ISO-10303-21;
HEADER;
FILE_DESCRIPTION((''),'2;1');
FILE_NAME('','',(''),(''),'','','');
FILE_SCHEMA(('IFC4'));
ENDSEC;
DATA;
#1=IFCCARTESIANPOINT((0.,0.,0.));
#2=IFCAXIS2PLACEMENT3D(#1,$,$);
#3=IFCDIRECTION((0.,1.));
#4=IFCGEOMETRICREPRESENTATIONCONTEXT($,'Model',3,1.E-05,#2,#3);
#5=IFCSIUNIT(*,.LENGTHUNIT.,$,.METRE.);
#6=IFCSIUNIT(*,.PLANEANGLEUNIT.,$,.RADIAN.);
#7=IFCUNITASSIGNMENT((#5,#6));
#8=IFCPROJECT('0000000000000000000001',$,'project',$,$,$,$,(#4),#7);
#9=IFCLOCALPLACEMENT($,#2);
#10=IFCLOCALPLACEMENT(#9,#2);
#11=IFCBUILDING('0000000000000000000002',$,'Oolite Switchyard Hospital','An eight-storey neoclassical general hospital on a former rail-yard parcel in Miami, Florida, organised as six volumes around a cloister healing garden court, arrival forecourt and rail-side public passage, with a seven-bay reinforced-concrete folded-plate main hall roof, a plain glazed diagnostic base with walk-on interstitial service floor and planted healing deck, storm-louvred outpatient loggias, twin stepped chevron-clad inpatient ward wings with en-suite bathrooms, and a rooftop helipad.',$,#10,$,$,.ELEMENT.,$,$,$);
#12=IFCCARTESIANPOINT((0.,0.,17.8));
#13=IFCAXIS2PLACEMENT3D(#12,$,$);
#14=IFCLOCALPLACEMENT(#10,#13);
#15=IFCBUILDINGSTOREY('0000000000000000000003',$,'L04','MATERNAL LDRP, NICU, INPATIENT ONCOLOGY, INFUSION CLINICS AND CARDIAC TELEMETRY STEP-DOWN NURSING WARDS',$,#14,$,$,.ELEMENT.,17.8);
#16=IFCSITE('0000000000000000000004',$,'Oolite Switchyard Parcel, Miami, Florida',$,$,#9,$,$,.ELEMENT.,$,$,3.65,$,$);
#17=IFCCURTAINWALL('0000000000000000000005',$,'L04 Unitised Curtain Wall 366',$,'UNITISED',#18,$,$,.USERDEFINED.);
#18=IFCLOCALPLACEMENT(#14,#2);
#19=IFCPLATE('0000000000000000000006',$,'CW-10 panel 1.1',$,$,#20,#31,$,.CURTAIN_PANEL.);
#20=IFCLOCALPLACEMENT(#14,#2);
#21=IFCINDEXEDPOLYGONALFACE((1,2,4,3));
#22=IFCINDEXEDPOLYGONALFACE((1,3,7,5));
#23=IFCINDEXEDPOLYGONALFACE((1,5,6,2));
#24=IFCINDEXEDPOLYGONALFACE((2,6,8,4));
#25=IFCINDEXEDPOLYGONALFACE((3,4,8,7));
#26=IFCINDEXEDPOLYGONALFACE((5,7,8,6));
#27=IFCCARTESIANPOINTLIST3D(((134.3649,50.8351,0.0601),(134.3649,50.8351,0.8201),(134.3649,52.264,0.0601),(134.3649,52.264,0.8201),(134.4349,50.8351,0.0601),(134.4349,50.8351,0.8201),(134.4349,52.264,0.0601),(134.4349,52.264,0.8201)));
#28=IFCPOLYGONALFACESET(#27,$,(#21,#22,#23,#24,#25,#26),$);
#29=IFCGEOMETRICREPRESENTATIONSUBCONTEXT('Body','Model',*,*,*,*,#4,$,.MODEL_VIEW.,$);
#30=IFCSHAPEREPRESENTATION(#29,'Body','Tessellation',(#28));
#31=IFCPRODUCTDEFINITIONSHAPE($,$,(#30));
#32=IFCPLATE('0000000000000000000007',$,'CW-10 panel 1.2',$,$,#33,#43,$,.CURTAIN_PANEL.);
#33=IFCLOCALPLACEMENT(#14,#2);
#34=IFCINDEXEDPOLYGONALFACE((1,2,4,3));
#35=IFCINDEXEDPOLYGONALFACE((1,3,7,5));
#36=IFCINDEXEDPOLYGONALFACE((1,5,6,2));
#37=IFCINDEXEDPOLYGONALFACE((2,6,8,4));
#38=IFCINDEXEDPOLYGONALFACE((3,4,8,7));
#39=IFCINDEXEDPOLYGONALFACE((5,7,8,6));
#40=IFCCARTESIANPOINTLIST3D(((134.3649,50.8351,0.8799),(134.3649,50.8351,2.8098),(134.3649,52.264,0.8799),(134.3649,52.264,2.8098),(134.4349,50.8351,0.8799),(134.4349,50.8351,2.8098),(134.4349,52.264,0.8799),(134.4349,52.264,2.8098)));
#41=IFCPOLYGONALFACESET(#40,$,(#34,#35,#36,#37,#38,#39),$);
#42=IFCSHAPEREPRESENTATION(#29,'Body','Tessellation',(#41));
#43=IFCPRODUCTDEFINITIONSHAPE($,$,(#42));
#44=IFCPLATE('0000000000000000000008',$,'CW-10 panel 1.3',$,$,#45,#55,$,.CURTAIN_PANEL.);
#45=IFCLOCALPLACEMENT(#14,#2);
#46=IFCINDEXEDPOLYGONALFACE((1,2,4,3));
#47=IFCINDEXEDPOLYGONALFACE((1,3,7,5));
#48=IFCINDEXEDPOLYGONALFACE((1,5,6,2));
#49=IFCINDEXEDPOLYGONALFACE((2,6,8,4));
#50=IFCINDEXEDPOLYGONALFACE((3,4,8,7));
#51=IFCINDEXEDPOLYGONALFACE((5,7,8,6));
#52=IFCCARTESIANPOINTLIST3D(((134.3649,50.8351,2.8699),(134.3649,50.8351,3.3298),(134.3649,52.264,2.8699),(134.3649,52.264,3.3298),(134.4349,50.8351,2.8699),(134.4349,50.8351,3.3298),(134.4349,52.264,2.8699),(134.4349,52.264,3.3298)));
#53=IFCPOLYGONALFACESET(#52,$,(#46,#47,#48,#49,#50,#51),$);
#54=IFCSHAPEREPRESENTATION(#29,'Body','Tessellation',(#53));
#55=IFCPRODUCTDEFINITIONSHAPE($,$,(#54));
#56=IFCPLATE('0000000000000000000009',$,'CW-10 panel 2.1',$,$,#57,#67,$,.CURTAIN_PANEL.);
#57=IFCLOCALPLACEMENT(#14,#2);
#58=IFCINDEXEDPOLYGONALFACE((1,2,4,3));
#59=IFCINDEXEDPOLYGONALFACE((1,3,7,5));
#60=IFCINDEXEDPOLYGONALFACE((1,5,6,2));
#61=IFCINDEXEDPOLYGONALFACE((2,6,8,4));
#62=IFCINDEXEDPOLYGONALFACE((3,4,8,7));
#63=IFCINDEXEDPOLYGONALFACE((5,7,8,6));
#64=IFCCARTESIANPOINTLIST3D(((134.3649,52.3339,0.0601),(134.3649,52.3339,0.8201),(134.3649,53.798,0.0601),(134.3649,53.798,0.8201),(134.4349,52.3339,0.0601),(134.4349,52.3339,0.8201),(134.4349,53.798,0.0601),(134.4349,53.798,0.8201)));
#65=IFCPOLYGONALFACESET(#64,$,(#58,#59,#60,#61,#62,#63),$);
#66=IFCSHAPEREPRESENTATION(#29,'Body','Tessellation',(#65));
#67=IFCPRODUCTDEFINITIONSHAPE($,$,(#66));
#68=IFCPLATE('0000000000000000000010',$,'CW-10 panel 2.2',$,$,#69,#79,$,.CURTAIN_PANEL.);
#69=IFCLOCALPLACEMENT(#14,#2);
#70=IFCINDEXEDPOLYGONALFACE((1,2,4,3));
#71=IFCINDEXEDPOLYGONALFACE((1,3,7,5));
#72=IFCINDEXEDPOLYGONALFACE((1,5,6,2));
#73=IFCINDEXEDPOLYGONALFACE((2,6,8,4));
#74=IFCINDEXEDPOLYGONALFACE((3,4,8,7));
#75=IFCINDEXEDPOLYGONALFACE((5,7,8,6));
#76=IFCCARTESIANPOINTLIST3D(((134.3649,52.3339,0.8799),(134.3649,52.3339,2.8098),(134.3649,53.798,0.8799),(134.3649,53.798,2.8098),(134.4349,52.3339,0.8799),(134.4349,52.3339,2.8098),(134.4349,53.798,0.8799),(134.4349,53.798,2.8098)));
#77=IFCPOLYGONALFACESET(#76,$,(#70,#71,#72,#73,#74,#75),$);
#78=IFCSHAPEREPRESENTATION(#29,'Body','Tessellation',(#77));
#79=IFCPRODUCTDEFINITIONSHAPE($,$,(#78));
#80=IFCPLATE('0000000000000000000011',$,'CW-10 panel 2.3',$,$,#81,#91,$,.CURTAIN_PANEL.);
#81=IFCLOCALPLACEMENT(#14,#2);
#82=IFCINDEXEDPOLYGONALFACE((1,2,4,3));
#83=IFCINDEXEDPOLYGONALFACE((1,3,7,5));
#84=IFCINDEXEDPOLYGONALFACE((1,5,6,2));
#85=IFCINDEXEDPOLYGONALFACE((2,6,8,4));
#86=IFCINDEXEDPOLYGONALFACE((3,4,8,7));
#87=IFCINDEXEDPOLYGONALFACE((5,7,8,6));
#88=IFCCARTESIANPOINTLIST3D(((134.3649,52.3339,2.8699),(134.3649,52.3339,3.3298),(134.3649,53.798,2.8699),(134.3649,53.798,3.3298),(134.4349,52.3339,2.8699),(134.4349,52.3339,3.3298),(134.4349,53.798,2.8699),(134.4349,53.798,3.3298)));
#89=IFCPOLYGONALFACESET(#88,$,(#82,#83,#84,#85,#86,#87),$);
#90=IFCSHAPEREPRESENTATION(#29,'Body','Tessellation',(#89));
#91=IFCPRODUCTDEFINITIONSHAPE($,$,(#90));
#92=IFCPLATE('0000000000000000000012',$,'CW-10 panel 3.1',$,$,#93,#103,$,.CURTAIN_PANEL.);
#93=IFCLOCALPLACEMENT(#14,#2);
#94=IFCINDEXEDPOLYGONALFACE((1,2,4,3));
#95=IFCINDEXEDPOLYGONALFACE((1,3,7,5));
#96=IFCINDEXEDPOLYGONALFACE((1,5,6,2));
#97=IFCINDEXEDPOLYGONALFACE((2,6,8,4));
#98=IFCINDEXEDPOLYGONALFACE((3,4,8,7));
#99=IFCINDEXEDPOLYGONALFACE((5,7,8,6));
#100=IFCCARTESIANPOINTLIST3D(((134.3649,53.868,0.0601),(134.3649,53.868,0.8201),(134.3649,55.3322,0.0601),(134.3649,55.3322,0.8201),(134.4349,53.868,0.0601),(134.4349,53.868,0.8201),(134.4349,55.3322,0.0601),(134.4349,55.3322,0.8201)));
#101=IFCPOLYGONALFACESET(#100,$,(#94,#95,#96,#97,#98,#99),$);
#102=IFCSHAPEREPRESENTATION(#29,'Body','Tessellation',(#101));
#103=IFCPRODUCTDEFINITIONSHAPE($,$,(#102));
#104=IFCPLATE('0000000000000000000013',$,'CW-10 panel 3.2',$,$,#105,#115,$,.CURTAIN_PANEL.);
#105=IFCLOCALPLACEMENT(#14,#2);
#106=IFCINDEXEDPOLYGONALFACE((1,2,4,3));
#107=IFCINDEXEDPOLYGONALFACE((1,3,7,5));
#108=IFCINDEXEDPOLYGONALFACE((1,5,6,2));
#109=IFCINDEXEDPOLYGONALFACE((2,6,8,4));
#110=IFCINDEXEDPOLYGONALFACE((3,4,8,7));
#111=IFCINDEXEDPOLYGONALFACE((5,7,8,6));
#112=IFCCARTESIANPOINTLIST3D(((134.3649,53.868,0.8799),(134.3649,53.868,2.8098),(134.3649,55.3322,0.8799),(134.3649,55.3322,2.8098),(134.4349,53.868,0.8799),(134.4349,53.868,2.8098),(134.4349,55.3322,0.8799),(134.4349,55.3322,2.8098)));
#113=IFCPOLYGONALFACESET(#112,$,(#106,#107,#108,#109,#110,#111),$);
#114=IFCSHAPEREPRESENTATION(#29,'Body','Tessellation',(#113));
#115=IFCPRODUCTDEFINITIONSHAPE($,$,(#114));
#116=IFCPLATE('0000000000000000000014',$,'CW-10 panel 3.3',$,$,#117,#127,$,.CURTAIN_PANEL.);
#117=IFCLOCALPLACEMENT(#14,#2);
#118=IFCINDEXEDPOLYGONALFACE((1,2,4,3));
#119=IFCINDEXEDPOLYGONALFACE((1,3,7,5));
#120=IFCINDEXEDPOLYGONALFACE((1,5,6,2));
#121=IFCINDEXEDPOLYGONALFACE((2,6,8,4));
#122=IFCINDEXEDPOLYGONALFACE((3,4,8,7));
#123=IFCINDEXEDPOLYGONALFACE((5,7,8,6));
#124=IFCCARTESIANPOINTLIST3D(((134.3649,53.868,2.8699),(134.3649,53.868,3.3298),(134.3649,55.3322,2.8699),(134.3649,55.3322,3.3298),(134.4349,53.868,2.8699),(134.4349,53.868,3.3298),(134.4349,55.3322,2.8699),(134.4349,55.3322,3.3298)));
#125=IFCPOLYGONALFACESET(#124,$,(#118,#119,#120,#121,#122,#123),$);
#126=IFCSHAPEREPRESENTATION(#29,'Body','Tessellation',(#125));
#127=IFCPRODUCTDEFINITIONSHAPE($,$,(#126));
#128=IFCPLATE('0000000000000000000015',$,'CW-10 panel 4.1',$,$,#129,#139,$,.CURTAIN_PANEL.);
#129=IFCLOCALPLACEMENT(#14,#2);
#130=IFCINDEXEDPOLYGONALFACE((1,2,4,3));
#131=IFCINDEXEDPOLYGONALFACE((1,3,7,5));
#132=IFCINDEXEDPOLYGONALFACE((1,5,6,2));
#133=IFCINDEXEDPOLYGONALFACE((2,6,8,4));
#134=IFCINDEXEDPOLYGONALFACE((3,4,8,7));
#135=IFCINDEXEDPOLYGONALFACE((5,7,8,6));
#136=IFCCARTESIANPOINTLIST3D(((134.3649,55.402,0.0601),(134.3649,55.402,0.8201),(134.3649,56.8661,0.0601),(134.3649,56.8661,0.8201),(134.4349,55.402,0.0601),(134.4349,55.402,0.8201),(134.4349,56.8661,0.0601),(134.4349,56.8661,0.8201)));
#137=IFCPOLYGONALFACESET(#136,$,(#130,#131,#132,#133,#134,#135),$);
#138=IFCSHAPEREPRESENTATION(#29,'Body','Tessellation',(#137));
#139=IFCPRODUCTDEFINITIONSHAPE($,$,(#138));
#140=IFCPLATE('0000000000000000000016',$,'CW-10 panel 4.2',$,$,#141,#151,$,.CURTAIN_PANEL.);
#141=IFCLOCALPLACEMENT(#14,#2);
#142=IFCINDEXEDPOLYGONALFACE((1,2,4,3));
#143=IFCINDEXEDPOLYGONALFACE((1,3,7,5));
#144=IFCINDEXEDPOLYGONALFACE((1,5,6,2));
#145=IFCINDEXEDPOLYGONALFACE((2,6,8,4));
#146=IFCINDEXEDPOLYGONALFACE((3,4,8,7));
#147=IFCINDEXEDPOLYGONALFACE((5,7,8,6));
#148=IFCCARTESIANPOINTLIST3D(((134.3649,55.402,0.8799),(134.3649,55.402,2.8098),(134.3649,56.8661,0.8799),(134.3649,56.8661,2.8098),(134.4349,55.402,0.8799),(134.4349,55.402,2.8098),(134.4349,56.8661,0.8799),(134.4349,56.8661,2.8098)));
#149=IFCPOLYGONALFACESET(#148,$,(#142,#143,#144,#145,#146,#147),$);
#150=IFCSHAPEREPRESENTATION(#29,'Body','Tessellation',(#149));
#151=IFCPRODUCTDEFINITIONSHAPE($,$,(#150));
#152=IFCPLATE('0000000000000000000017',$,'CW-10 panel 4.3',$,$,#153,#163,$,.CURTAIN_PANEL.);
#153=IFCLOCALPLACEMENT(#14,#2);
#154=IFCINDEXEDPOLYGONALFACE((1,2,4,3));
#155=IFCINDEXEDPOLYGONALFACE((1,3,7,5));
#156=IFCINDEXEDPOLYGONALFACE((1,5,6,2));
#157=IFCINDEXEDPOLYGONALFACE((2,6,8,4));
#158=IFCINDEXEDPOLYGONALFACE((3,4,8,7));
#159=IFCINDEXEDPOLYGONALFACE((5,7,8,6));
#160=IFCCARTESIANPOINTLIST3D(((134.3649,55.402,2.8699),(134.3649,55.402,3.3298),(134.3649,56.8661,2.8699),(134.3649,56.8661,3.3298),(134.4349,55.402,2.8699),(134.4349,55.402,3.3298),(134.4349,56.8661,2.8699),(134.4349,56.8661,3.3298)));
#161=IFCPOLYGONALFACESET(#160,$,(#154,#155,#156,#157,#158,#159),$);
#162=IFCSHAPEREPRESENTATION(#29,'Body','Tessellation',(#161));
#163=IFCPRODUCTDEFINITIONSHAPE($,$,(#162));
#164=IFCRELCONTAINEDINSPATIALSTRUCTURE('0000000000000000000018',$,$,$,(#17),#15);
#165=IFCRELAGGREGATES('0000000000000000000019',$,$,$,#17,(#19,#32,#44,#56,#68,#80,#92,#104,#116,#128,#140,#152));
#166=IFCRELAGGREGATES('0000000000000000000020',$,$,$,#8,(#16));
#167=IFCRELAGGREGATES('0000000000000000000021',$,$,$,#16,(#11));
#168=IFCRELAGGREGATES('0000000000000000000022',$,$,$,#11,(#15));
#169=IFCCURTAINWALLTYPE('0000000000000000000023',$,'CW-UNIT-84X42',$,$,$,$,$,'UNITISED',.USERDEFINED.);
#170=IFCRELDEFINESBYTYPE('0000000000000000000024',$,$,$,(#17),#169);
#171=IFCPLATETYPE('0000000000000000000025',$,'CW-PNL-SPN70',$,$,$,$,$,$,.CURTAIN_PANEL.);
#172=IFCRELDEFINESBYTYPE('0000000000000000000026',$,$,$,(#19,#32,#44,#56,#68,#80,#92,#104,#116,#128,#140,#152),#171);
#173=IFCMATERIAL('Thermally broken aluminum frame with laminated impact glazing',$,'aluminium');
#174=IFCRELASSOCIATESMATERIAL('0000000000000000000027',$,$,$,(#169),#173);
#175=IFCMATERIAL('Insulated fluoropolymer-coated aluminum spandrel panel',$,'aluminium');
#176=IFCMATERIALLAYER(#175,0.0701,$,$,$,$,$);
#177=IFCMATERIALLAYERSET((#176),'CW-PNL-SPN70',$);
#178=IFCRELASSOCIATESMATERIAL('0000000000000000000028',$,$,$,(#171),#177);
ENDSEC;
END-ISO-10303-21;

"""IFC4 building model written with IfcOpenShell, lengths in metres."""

from ifc_helpers import new_model, si_unit, direction, frame, origin, origin_2d, place, context, subcontext, project, spatial, rectangle, extrude, material, layer, layer_set, type_object, element, aggregate, save


model = new_model("IFC4")

# Units and contexts
model_context = context("Model", 3, precision=1e-05, world=origin(), true_north=direction((0.0, 1.0)))
body_context = subcontext(model_context, "Body", "Model", "MODEL_VIEW")
ifc_project = project(units=[si_unit("LENGTHUNIT", "METRE"), si_unit("PLANEANGLEUNIT", "RADIAN")], contexts=[model_context])

# Site, building, storey
site_placement = place(None, origin())
site = spatial("IfcSite", under=ifc_project, at=site_placement, Name="Oolite Switchyard Parcel, Miami, Florida", CompositionType="ELEMENT", RefElevation=3.65)
building_placement = place(site_placement, origin())
building = spatial("IfcBuilding", under=site, at=building_placement, Name="Oolite Switchyard Hospital", Description="An eight-storey neoclassical general hospital on a former rail-yard parcel in Miami, Florida, organised as six volumes around a cloister healing garden court, arrival forecourt and rail-side public passage, with a seven-bay reinforced-concrete folded-plate main hall roof, a plain glazed diagnostic base with walk-on interstitial service floor and planted healing deck, storm-louvred outpatient loggias, twin stepped chevron-clad inpatient ward wings with en-suite bathrooms, and a rooftop helipad.", CompositionType="ELEMENT")
storey_placement = place(building_placement, frame((0.0, 0.0, 17.8)))
storey = spatial("IfcBuildingStorey", under=building, at=storey_placement, Name="L04", Description="MATERNAL LDRP, NICU, INPATIENT ONCOLOGY, INFUSION CLINICS AND CARDIAC TELEMETRY STEP-DOWN NURSING WARDS", CompositionType="ELEMENT", Elevation=17.8)

# Curtain wall, plates
ifc_material_1 = material(Name="Thermally broken aluminum frame with laminated impact glazing", Category="aluminium")
curtain_wall_type = type_object("IfcCurtainWallType", Name="CW-UNIT-84X42", ElementType="UNITISED", PredefinedType="USERDEFINED", material=ifc_material_1)
curtain_wall_placement = place(storey_placement, origin())
curtain_wall = element("IfcCurtainWall", 1, at=curtain_wall_placement, inside=storey, type_object=curtain_wall_type, Name="L04 Unitised Curtain Wall 366", ObjectType="UNITISED", PredefinedType="USERDEFINED")
ifc_material_2 = material(Name="Insulated fluoropolymer-coated aluminum spandrel panel", Category="aluminium")
ifc_layer = layer(ifc_material_2, 0.0701)
ifc_layer_set = layer_set([ifc_layer], Name="CW-PNL-SPN70")
plate_type = type_object("IfcPlateType", Name="CW-PNL-SPN70", PredefinedType="CURTAIN_PANEL", material=ifc_layer_set)
plate_1_placement = place(storey_placement, frame((134.3999, 51.5496, 0.0601), z_axis=(0.0, 0.0, 1.0), x_axis=(0.0, 1.0, 0.0)))
plate_1 = element("IfcPlate", 2, at=plate_1_placement, type_object=plate_type, Name="CW-10 panel 1.1", PredefinedType="CURTAIN_PANEL", context=body_context, shape_type="SweptSolid", body=[
    extrude(rectangle(XDim=1.429, YDim=0.0701, at=origin_2d()), origin(), (0.0, 0.0, 1.0), 0.76),
])
plate_2_placement = place(storey_placement, frame((134.3999, 51.5496, 0.8799), z_axis=(0.0, 0.0, 1.0), x_axis=(0.0, 1.0, 0.0)))
plate_2 = element("IfcPlate", 3, at=plate_2_placement, type_object=plate_type, Name="CW-10 panel 1.2", PredefinedType="CURTAIN_PANEL", context=body_context, shape_type="SweptSolid", body=[
    extrude(rectangle(XDim=1.429, YDim=0.0701, at=origin_2d()), origin(), (0.0, 0.0, 1.0), 1.9299),
])
plate_3_placement = place(storey_placement, frame((134.3999, 51.5496, 2.8699), z_axis=(0.0, 0.0, 1.0), x_axis=(0.0, 1.0, 0.0)))
plate_3 = element("IfcPlate", 4, at=plate_3_placement, type_object=plate_type, Name="CW-10 panel 1.3", PredefinedType="CURTAIN_PANEL", context=body_context, shape_type="SweptSolid", body=[
    extrude(rectangle(XDim=1.429, YDim=0.0701, at=origin_2d()), origin(), (0.0, 0.0, 1.0), 0.46),
])
plate_4_placement = place(storey_placement, frame((134.3999, 53.0659, 0.0601), z_axis=(0.0, 0.0, 1.0), x_axis=(0.0, 1.0, 0.0)))
plate_4 = element("IfcPlate", 5, at=plate_4_placement, type_object=plate_type, Name="CW-10 panel 2.1", PredefinedType="CURTAIN_PANEL", context=body_context, shape_type="SweptSolid", body=[
    extrude(rectangle(XDim=1.4641, YDim=0.0701, at=origin_2d()), origin(), (0.0, 0.0, 1.0), 0.76),
])
plate_5_placement = place(storey_placement, frame((134.3999, 53.0659, 0.8799), z_axis=(0.0, 0.0, 1.0), x_axis=(0.0, 1.0, 0.0)))
plate_5 = element("IfcPlate", 6, at=plate_5_placement, type_object=plate_type, Name="CW-10 panel 2.2", PredefinedType="CURTAIN_PANEL", context=body_context, shape_type="SweptSolid", body=[
    extrude(rectangle(XDim=1.4641, YDim=0.0701, at=origin_2d()), origin(), (0.0, 0.0, 1.0), 1.9299),
])
plate_6_placement = place(storey_placement, frame((134.3999, 53.0659, 2.8699), z_axis=(0.0, 0.0, 1.0), x_axis=(0.0, 1.0, 0.0)))
plate_6 = element("IfcPlate", 7, at=plate_6_placement, type_object=plate_type, Name="CW-10 panel 2.3", PredefinedType="CURTAIN_PANEL", context=body_context, shape_type="SweptSolid", body=[
    extrude(rectangle(XDim=1.4641, YDim=0.0701, at=origin_2d()), origin(), (0.0, 0.0, 1.0), 0.46),
])
plate_7_placement = place(storey_placement, frame((134.3999, 54.6001, 0.0601), z_axis=(0.0, 0.0, 1.0), x_axis=(0.0, 1.0, 0.0)))
plate_7 = element("IfcPlate", 8, at=plate_7_placement, type_object=plate_type, Name="CW-10 panel 3.1", PredefinedType="CURTAIN_PANEL", context=body_context, shape_type="SweptSolid", body=[
    extrude(rectangle(XDim=1.4641, YDim=0.0701, at=origin_2d()), origin(), (0.0, 0.0, 1.0), 0.76),
])
plate_8_placement = place(storey_placement, frame((134.3999, 54.6001, 0.8799), z_axis=(0.0, 0.0, 1.0), x_axis=(0.0, 1.0, 0.0)))
plate_8 = element("IfcPlate", 9, at=plate_8_placement, type_object=plate_type, Name="CW-10 panel 3.2", PredefinedType="CURTAIN_PANEL", context=body_context, shape_type="SweptSolid", body=[
    extrude(rectangle(XDim=1.4641, YDim=0.0701, at=origin_2d()), origin(), (0.0, 0.0, 1.0), 1.9299),
])
plate_9_placement = place(storey_placement, frame((134.3999, 54.6001, 2.8699), z_axis=(0.0, 0.0, 1.0), x_axis=(0.0, 1.0, 0.0)))
plate_9 = element("IfcPlate", 10, at=plate_9_placement, type_object=plate_type, Name="CW-10 panel 3.3", PredefinedType="CURTAIN_PANEL", context=body_context, shape_type="SweptSolid", body=[
    extrude(rectangle(XDim=1.4641, YDim=0.0701, at=origin_2d()), origin(), (0.0, 0.0, 1.0), 0.46),
])
plate_10_placement = place(storey_placement, frame((134.3999, 56.134, 0.0601), z_axis=(0.0, 0.0, 1.0), x_axis=(0.0, 1.0, 0.0)))
plate_10 = element("IfcPlate", 11, at=plate_10_placement, type_object=plate_type, Name="CW-10 panel 4.1", PredefinedType="CURTAIN_PANEL", context=body_context, shape_type="SweptSolid", body=[
    extrude(rectangle(XDim=1.4641, YDim=0.0701, at=origin_2d()), origin(), (0.0, 0.0, 1.0), 0.76),
])
plate_11_placement = place(storey_placement, frame((134.3999, 56.134, 0.8799), z_axis=(0.0, 0.0, 1.0), x_axis=(0.0, 1.0, 0.0)))
plate_11 = element("IfcPlate", 12, at=plate_11_placement, type_object=plate_type, Name="CW-10 panel 4.2", PredefinedType="CURTAIN_PANEL", context=body_context, shape_type="SweptSolid", body=[
    extrude(rectangle(XDim=1.4641, YDim=0.0701, at=origin_2d()), origin(), (0.0, 0.0, 1.0), 1.9299),
])
plate_12_placement = place(storey_placement, frame((134.3999, 56.134, 2.8699), z_axis=(0.0, 0.0, 1.0), x_axis=(0.0, 1.0, 0.0)))
plate_12 = element("IfcPlate", 13, at=plate_12_placement, type_object=plate_type, Name="CW-10 panel 4.3", PredefinedType="CURTAIN_PANEL", context=body_context, shape_type="SweptSolid", body=[
    extrude(rectangle(XDim=1.4641, YDim=0.0701, at=origin_2d()), origin(), (0.0, 0.0, 1.0), 0.46),
])
aggregate(curtain_wall, [plate_1, plate_2, plate_3, plate_4, plate_5, plate_6, plate_7, plate_8, plate_9, plate_10, plate_11, plate_12])

save(model, "model.ifc")
